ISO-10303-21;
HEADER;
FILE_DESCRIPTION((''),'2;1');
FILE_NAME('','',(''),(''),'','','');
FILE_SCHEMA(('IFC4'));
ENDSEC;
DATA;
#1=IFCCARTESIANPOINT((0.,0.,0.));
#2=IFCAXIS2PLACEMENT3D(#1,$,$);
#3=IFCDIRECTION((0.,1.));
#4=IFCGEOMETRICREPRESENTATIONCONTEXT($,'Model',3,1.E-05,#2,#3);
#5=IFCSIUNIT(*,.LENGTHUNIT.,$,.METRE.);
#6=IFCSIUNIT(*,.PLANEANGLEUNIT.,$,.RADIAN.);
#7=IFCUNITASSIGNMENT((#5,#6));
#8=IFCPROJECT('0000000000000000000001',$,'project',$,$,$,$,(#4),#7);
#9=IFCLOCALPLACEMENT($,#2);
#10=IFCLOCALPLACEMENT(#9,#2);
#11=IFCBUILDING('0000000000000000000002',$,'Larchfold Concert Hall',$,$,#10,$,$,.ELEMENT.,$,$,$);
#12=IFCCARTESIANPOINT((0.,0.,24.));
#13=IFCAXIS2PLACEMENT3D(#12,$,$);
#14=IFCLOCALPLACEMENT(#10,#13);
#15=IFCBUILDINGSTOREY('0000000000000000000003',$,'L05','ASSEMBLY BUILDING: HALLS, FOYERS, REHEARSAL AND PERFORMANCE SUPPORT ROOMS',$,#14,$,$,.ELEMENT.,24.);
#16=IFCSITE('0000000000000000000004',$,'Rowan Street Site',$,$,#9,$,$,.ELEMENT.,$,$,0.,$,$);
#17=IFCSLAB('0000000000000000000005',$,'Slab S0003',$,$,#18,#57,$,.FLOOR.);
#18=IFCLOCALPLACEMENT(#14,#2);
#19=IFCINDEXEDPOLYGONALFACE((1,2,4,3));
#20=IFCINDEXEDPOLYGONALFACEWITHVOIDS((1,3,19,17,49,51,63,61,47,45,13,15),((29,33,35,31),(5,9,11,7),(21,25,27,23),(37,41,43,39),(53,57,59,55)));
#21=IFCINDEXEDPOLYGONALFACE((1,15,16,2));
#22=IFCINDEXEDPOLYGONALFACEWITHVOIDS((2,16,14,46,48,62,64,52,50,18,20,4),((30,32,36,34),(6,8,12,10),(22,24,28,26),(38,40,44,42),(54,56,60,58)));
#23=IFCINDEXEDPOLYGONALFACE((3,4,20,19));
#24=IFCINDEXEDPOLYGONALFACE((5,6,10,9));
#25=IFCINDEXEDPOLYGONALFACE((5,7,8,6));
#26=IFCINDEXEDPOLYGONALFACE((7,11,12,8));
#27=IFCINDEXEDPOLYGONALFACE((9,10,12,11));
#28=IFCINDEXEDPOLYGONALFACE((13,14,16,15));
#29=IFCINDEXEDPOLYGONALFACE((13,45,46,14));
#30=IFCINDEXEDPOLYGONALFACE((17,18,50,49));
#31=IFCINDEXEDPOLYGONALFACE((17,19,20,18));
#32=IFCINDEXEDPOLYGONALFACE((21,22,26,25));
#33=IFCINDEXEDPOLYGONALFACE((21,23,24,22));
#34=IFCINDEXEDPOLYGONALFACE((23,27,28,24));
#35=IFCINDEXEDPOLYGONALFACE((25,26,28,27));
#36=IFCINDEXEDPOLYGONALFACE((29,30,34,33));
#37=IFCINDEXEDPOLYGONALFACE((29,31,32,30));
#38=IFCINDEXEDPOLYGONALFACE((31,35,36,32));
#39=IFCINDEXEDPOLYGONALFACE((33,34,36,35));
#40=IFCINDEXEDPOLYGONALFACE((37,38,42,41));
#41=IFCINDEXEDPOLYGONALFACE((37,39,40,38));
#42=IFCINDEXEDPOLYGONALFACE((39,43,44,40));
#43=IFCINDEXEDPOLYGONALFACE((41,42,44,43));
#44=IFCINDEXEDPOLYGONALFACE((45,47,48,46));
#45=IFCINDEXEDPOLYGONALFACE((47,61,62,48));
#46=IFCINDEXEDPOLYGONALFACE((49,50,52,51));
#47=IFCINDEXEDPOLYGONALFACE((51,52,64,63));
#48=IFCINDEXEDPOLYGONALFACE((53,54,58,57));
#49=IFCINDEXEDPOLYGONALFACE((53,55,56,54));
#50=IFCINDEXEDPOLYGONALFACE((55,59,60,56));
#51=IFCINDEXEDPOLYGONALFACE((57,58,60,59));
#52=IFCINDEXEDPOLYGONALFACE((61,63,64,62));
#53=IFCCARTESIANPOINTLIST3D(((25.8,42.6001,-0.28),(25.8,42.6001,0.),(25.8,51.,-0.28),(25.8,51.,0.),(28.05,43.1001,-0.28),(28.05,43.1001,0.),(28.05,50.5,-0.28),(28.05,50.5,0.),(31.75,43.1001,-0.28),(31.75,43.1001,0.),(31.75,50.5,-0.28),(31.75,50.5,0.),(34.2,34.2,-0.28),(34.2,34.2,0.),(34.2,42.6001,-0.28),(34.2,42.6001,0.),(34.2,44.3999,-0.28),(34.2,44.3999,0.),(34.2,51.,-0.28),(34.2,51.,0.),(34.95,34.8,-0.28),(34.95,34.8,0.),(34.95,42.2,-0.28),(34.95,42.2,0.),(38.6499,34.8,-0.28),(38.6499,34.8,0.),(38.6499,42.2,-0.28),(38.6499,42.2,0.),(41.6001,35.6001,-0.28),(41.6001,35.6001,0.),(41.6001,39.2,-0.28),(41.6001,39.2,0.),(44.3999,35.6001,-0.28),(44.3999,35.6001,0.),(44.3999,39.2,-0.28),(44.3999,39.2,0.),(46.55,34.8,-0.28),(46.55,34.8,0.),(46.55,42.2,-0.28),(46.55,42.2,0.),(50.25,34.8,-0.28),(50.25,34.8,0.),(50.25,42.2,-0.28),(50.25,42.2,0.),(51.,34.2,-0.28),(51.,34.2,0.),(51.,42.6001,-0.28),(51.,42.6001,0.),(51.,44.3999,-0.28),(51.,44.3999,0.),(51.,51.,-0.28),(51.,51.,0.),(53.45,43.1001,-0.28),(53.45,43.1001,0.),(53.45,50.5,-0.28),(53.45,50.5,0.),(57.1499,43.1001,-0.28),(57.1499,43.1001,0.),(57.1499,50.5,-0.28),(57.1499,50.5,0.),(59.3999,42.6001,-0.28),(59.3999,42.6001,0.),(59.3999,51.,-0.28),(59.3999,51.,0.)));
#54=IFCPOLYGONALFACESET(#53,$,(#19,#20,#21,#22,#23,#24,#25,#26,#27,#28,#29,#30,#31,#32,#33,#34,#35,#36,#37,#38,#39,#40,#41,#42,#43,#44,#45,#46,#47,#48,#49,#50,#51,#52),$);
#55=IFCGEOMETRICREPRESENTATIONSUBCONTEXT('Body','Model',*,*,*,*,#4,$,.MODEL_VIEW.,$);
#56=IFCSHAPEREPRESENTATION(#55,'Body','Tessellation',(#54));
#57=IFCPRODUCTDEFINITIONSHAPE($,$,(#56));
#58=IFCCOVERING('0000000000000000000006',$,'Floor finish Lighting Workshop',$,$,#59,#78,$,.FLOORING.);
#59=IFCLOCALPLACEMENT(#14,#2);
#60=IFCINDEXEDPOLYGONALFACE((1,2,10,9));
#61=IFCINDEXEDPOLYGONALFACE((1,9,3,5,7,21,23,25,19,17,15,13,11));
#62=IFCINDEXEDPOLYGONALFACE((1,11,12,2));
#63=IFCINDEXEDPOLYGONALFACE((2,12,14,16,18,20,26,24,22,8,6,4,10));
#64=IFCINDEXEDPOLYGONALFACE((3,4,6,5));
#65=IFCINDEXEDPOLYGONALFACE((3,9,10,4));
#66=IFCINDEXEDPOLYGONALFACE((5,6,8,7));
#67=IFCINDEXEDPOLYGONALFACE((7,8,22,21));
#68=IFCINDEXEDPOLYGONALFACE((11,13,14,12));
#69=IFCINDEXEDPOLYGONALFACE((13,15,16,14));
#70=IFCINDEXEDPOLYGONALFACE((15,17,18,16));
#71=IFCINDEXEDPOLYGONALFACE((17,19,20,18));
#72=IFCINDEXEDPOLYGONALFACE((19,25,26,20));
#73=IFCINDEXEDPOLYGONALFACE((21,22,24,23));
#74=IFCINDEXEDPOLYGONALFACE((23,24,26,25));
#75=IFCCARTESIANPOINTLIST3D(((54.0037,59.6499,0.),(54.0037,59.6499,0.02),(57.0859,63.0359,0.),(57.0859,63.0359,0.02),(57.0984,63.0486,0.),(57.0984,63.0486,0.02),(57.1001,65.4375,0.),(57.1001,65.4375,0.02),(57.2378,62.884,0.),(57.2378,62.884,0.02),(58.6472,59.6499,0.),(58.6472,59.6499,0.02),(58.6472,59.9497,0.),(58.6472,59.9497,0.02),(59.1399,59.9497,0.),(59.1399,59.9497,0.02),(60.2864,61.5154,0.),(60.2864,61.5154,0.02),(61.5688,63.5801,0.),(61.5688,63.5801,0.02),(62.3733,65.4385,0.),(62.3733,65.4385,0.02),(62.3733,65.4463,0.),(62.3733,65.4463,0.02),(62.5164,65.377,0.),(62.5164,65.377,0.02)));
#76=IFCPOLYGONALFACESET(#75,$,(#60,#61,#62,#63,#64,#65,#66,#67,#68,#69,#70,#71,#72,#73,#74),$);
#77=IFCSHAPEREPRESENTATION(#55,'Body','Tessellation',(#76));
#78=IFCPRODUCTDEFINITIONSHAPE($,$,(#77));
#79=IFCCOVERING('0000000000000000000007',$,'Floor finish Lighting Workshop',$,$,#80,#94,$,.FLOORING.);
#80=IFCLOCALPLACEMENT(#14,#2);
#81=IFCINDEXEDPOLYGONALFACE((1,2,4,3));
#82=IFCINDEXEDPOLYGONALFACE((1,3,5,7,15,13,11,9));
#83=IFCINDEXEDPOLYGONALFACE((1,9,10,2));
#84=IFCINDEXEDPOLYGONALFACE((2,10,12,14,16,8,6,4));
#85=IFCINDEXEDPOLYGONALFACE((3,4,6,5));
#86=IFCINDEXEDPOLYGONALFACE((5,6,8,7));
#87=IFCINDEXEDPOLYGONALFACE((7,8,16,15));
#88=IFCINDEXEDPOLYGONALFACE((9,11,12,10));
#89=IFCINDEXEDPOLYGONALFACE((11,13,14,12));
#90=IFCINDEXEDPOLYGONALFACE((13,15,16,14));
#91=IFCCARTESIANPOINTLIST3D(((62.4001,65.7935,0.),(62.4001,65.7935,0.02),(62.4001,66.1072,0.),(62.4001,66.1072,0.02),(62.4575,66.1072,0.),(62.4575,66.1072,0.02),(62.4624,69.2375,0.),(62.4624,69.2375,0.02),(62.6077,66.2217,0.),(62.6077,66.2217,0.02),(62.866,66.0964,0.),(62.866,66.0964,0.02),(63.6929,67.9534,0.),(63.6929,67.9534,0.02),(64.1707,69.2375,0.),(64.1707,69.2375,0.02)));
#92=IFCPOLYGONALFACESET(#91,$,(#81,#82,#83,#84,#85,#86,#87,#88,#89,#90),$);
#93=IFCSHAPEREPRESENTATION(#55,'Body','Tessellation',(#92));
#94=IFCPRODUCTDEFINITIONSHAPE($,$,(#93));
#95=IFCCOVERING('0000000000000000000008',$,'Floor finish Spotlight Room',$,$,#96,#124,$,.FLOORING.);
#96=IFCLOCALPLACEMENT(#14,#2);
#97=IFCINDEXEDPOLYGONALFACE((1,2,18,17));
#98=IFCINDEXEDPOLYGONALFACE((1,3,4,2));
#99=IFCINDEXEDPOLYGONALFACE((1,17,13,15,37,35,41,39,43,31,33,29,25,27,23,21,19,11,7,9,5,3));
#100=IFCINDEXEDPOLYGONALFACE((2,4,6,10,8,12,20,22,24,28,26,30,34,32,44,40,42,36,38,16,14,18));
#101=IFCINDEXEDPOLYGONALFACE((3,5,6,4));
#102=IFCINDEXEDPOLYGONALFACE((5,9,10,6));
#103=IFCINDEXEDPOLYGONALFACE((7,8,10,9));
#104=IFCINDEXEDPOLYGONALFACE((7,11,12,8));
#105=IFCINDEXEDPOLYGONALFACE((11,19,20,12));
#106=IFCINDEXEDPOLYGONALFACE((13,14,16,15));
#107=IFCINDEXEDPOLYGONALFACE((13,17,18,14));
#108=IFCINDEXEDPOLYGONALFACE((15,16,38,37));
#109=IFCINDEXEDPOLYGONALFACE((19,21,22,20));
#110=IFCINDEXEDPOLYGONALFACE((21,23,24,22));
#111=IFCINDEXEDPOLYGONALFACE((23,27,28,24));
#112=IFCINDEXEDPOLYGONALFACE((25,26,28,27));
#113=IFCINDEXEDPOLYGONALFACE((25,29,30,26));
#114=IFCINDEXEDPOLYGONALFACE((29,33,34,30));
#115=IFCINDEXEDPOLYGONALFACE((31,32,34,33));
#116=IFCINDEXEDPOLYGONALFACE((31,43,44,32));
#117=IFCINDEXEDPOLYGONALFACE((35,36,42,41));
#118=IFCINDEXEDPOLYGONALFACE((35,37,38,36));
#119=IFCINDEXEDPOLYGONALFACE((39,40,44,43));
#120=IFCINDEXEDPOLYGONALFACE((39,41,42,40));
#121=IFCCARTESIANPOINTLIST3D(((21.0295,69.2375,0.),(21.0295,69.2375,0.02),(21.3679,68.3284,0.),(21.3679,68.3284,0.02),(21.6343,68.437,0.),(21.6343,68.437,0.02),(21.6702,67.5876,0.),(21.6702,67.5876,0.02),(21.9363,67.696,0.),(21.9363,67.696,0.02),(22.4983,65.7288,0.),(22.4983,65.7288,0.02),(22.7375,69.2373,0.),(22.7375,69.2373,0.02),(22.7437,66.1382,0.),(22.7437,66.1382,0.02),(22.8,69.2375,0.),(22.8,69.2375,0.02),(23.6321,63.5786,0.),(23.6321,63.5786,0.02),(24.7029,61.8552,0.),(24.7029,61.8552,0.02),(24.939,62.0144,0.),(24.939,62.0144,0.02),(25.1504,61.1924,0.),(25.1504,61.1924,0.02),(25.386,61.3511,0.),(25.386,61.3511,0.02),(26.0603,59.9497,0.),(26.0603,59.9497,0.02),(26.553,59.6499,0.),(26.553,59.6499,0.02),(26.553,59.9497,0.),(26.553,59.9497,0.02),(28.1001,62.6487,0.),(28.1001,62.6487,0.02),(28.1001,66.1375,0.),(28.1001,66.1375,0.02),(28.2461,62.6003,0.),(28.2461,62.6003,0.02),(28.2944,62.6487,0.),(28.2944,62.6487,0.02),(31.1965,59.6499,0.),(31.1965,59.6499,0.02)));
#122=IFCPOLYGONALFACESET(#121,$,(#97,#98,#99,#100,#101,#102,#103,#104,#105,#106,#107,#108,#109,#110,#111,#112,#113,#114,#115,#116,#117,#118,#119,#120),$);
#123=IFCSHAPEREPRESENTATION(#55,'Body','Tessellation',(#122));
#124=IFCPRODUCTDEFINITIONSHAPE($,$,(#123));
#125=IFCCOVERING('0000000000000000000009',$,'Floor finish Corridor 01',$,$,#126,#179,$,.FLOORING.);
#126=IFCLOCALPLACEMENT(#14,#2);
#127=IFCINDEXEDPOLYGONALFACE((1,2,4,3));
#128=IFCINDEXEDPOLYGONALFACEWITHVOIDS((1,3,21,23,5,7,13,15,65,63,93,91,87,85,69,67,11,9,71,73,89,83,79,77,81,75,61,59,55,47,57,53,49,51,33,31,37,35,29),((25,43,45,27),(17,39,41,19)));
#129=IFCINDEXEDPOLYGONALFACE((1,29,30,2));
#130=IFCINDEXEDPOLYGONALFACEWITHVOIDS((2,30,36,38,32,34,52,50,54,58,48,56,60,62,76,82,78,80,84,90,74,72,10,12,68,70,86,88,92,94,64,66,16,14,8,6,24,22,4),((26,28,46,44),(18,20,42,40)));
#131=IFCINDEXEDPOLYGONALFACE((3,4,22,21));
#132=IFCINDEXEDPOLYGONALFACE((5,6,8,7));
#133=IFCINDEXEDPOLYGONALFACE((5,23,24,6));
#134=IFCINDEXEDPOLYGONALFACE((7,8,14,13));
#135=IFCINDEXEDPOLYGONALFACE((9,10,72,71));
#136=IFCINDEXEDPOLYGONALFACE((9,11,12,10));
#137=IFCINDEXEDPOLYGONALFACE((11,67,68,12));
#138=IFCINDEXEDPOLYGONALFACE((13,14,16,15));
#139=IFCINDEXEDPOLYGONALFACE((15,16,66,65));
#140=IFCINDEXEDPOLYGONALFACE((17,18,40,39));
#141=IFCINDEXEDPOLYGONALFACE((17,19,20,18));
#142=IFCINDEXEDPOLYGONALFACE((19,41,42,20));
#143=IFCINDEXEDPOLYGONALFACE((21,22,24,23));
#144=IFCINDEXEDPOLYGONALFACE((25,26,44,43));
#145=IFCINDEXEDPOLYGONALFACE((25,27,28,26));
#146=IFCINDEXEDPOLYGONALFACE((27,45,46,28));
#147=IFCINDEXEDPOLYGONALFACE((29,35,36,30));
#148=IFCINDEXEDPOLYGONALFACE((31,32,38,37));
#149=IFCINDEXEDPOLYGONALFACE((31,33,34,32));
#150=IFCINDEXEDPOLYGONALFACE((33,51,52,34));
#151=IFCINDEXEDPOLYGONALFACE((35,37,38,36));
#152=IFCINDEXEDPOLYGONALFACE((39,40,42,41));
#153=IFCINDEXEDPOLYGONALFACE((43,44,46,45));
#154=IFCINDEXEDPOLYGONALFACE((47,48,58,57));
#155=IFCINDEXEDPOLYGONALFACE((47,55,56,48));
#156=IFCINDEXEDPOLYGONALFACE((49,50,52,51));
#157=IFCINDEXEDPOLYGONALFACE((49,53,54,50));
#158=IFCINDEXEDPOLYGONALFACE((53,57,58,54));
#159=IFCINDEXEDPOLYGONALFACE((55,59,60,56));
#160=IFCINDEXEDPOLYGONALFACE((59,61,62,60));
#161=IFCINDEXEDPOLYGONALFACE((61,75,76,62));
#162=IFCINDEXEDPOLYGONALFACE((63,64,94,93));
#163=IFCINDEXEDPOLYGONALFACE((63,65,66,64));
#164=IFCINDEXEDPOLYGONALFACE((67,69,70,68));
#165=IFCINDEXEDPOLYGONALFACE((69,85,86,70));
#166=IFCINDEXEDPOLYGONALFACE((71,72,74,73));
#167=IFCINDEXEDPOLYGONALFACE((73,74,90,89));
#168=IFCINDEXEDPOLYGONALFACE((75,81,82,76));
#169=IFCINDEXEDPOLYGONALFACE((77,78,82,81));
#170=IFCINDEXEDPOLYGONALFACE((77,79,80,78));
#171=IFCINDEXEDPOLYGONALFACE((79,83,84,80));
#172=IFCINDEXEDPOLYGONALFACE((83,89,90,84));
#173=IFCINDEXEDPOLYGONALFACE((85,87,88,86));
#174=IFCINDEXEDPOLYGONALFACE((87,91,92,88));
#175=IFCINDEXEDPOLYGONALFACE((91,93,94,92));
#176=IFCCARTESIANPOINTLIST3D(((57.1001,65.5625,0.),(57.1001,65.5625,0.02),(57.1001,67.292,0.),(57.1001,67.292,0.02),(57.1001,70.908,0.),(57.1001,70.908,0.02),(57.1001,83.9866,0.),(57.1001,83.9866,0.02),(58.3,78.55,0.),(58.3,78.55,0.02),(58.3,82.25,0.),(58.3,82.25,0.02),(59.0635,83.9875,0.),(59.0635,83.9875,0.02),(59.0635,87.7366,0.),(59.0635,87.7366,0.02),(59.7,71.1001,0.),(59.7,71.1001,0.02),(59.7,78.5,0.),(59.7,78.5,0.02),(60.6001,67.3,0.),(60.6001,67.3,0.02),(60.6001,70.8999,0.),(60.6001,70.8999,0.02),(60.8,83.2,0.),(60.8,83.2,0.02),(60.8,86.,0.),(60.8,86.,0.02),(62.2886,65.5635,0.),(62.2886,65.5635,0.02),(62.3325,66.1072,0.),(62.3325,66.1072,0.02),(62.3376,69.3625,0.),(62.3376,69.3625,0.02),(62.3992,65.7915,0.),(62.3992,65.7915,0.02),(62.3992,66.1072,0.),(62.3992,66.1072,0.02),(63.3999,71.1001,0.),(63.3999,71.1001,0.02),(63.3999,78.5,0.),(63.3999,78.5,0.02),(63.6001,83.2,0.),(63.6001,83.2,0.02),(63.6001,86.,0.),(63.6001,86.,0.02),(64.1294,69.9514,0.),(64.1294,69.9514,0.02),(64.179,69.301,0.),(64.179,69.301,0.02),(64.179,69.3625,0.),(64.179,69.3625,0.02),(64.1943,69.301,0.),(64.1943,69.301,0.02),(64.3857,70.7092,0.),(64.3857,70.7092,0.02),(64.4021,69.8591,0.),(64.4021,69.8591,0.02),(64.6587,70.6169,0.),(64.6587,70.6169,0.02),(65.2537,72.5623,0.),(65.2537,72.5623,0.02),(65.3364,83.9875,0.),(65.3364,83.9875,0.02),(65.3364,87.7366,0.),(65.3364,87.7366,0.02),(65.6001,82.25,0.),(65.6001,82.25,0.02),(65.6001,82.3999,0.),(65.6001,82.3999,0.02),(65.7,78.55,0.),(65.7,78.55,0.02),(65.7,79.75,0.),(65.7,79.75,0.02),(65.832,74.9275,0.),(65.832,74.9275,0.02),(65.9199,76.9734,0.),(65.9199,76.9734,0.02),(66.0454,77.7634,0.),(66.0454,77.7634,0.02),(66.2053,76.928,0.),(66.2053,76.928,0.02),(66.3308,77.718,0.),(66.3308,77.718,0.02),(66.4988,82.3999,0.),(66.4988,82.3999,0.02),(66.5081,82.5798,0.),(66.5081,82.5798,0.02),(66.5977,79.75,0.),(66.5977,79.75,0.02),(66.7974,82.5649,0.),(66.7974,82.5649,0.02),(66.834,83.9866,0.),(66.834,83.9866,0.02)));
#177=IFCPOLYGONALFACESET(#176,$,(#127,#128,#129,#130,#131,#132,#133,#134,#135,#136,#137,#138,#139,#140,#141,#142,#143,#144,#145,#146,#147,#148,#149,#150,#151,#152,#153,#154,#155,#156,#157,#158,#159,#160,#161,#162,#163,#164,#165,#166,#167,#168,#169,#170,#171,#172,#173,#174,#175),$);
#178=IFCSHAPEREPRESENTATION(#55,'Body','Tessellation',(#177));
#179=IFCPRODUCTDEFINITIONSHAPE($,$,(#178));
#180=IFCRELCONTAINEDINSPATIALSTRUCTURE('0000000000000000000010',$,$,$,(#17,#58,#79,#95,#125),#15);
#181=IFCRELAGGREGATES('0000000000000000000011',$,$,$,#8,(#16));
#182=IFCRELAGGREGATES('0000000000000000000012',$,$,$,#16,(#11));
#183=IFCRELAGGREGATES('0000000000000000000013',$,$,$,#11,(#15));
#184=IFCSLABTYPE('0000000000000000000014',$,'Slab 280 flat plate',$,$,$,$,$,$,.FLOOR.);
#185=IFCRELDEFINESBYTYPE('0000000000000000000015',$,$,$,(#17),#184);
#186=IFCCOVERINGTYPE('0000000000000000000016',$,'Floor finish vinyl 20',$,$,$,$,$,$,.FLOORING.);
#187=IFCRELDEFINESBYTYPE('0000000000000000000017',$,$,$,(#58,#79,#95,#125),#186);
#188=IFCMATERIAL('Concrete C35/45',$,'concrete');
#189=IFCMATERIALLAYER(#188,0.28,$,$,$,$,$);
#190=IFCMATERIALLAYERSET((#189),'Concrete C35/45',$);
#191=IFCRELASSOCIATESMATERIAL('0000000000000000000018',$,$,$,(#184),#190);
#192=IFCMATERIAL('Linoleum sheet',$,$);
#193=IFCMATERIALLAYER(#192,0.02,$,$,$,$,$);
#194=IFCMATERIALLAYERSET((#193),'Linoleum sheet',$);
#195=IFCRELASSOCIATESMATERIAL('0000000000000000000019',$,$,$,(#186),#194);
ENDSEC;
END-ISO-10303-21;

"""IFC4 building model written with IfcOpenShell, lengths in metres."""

from ifc_helpers import new_model, si_unit, direction, frame, origin, place, context, subcontext, project, spatial, polyline, outline, extrude, material, layer, layer_set, type_object, element, save


model = new_model("IFC4")

# Units and contexts
model_context = context("Model", 3, precision=1e-05, world=origin(), true_north=direction((0.0, 1.0)))
body_context = subcontext(model_context, "Body", "Model", "MODEL_VIEW")
ifc_project = project(units=[si_unit("LENGTHUNIT", "METRE"), si_unit("PLANEANGLEUNIT", "RADIAN")], contexts=[model_context])

# Site, building, storey
site_placement = place(None, origin())
site = spatial("IfcSite", under=ifc_project, at=site_placement, Name="Rowan Street Site", CompositionType="ELEMENT", RefElevation=0.0)
building_placement = place(site_placement, origin())
building = spatial("IfcBuilding", under=site, at=building_placement, Name="Larchfold Concert Hall", CompositionType="ELEMENT")
storey_placement = place(building_placement, frame((0.0, 0.0, 24.0)))
storey = spatial("IfcBuildingStorey", under=building, at=storey_placement, Name="L05", Description="ASSEMBLY BUILDING: HALLS, FOYERS, REHEARSAL AND PERFORMANCE SUPPORT ROOMS", CompositionType="ELEMENT", Elevation=24.0)

# Slab
ifc_material_1 = material(Name="Concrete C35/45", Category="concrete")
ifc_layer_1 = layer(ifc_material_1, 0.28)
ifc_layer_set_1 = layer_set([ifc_layer_1], Name="Concrete C35/45")
slab_type_1 = type_object("IfcSlabType", Name="Slab 280 flat plate", PredefinedType="FLOOR", material=ifc_layer_set_1)
slab_1_placement = place(storey_placement, frame((0.0, 0.0, -0.28)))
element("IfcSlab", 1, at=slab_1_placement, inside=storey, type_object=slab_type_1, Name="Slab S0003", PredefinedType="FLOOR", context=body_context, shape_type="SweptSolid", body=[
    extrude(outline(polyline([(59.3999, 51.0), (51.0, 51.0), (51.0, 44.3999), (34.2, 44.3999), (34.2, 59.3999), (34.2, 51.0), (25.8, 51.0), (25.8, 42.6001), (34.2, 42.6001), (34.2, 34.2), (51.0, 34.2), (51.0, 42.6001), (59.3999, 42.6001), (59.3999, 51.0)]), holes=[polyline([(41.6001, 35.6001), (41.6001, 39.2), (44.3999, 39.2), (44.3999, 35.6001), (41.6001, 35.6001)]), polyline([(34.95, 42.2), (38.6499, 42.2), (38.6499, 34.8), (34.95, 34.8), (34.95, 42.2)]), polyline([(46.55, 42.2), (50.25, 42.2), (50.25, 34.8), (46.55, 34.8), (46.55, 42.2)]), polyline([(28.05, 50.5), (31.75, 50.5), (31.75, 43.1001), (28.05, 43.1001), (28.05, 50.5)]), polyline([(53.45, 50.5), (57.1499, 50.5), (57.1499, 43.1001), (53.45, 43.1001), (53.45, 50.5)])]), origin(), (0.0, 0.0, 1.0), 0.28),
])

# Coverings
ifc_material_2 = material(Name="Linoleum sheet")
ifc_layer_2 = layer(ifc_material_2, 0.02)
ifc_layer_set_2 = layer_set([ifc_layer_2], Name="Linoleum sheet")
covering_type_1 = type_object("IfcCoveringType", Name="Floor finish vinyl 20", PredefinedType="FLOORING", material=ifc_layer_set_2)
covering_1_placement = place(storey_placement, origin())
element("IfcCovering", 2, at=covering_1_placement, inside=storey, type_object=covering_type_1, Name="Floor finish Lighting Workshop", PredefinedType="FLOORING", context=body_context, shape_type="SweptSolid", body=[
    extrude(outline(polyline([(57.0984, 63.0486), (57.0859, 63.0359), (57.2378, 62.884), (54.0037, 59.6499), (58.6472, 59.6499), (58.6472, 59.9497), (59.1399, 59.9497), (60.2864, 61.5154), (61.5688, 63.5801), (62.5164, 65.377), (62.3733, 65.4463), (62.3733, 65.4385), (57.1001, 65.4375), (57.1001, 65.5), (57.0984, 63.0486)])), origin(), (0.0, 0.0, 1.0), 0.02),
])
covering_2_placement = place(storey_placement, origin())
element("IfcCovering", 3, at=covering_2_placement, inside=storey, type_object=covering_type_1, Name="Floor finish Lighting Workshop", PredefinedType="FLOORING", context=body_context, shape_type="SweptSolid", body=[
    extrude(outline(polyline([(62.4001, 66.1072), (62.4001, 65.7935), (62.6077, 66.2217), (62.866, 66.0964), (63.6929, 67.9534), (64.1707, 69.2375), (62.4624, 69.2375), (62.4575, 66.1072), (62.4001, 66.1072)])), origin(), (0.0, 0.0, 1.0), 0.02),
])
covering_3_placement = place(storey_placement, origin())
element("IfcCovering", 4, at=covering_3_placement, inside=storey, type_object=covering_type_1, Name="Floor finish Spotlight Room", PredefinedType="FLOORING", context=body_context, shape_type="SweptSolid", body=[
    extrude(outline(polyline([(22.8, 69.2375), (21.0295, 69.2375), (21.3679, 68.3284), (21.6343, 68.437), (21.9363, 67.696), (21.6702, 67.5876), (22.4983, 65.7288), (23.6321, 63.5786), (24.7029, 61.8552), (24.939, 62.0144), (25.386, 61.3511), (25.1504, 61.1924), (26.0603, 59.9497), (26.553, 59.9497), (26.553, 59.6499), (31.1965, 59.6499), (28.2461, 62.6003), (28.2944, 62.6487), (28.1001, 62.6487), (28.1001, 66.1375), (22.7437, 66.1382), (22.7375, 69.2373), (22.8, 69.2375)])), origin(), (0.0, 0.0, 1.0), 0.02),
])
covering_4_placement = place(storey_placement, origin())
element("IfcCovering", 5, at=covering_4_placement, inside=storey, type_object=covering_type_1, Name="Floor finish Corridor 01", PredefinedType="FLOORING", context=body_context, shape_type="SweptSolid", body=[
    extrude(outline(polyline([(57.1001, 83.9866), (57.1001, 70.908), (60.6001, 70.8999), (60.6001, 67.3), (57.1001, 67.292), (57.1001, 65.5625), (62.2886, 65.5635), (62.3992, 65.7915), (62.3992, 66.1072), (62.3325, 66.1072), (62.3376, 69.3625), (64.179, 69.3625), (64.179, 69.301), (64.1943, 69.301), (64.4021, 69.8591), (64.1294, 69.9514), (64.3857, 70.7092), (64.6587, 70.6169), (65.2537, 72.5623), (65.832, 74.9275), (66.2053, 76.928), (65.9199, 76.9734), (66.0454, 77.7634), (66.3308, 77.718), (66.5977, 79.75), (65.7, 79.75), (65.7, 78.55), (58.3, 78.55), (58.3, 82.25), (65.6001, 82.25), (65.6001, 82.3999), (66.4988, 82.3999), (66.5081, 82.5798), (66.7974, 82.5649), (66.834, 83.9866), (65.3364, 83.9875), (65.3364, 87.7366), (59.0635, 87.7366), (59.0635, 83.9875), (57.1001, 83.9866)]), holes=[polyline([(63.6001, 83.2), (60.8, 83.2), (60.8, 86.0), (63.6001, 86.0), (63.6001, 83.2)]), polyline([(59.7, 71.1001), (59.7, 78.5), (63.3999, 78.5), (63.3999, 71.1001), (59.7, 71.1001)])]), origin(), (0.0, 0.0, 1.0), 0.02),
])

save(model, "model.ifc")
